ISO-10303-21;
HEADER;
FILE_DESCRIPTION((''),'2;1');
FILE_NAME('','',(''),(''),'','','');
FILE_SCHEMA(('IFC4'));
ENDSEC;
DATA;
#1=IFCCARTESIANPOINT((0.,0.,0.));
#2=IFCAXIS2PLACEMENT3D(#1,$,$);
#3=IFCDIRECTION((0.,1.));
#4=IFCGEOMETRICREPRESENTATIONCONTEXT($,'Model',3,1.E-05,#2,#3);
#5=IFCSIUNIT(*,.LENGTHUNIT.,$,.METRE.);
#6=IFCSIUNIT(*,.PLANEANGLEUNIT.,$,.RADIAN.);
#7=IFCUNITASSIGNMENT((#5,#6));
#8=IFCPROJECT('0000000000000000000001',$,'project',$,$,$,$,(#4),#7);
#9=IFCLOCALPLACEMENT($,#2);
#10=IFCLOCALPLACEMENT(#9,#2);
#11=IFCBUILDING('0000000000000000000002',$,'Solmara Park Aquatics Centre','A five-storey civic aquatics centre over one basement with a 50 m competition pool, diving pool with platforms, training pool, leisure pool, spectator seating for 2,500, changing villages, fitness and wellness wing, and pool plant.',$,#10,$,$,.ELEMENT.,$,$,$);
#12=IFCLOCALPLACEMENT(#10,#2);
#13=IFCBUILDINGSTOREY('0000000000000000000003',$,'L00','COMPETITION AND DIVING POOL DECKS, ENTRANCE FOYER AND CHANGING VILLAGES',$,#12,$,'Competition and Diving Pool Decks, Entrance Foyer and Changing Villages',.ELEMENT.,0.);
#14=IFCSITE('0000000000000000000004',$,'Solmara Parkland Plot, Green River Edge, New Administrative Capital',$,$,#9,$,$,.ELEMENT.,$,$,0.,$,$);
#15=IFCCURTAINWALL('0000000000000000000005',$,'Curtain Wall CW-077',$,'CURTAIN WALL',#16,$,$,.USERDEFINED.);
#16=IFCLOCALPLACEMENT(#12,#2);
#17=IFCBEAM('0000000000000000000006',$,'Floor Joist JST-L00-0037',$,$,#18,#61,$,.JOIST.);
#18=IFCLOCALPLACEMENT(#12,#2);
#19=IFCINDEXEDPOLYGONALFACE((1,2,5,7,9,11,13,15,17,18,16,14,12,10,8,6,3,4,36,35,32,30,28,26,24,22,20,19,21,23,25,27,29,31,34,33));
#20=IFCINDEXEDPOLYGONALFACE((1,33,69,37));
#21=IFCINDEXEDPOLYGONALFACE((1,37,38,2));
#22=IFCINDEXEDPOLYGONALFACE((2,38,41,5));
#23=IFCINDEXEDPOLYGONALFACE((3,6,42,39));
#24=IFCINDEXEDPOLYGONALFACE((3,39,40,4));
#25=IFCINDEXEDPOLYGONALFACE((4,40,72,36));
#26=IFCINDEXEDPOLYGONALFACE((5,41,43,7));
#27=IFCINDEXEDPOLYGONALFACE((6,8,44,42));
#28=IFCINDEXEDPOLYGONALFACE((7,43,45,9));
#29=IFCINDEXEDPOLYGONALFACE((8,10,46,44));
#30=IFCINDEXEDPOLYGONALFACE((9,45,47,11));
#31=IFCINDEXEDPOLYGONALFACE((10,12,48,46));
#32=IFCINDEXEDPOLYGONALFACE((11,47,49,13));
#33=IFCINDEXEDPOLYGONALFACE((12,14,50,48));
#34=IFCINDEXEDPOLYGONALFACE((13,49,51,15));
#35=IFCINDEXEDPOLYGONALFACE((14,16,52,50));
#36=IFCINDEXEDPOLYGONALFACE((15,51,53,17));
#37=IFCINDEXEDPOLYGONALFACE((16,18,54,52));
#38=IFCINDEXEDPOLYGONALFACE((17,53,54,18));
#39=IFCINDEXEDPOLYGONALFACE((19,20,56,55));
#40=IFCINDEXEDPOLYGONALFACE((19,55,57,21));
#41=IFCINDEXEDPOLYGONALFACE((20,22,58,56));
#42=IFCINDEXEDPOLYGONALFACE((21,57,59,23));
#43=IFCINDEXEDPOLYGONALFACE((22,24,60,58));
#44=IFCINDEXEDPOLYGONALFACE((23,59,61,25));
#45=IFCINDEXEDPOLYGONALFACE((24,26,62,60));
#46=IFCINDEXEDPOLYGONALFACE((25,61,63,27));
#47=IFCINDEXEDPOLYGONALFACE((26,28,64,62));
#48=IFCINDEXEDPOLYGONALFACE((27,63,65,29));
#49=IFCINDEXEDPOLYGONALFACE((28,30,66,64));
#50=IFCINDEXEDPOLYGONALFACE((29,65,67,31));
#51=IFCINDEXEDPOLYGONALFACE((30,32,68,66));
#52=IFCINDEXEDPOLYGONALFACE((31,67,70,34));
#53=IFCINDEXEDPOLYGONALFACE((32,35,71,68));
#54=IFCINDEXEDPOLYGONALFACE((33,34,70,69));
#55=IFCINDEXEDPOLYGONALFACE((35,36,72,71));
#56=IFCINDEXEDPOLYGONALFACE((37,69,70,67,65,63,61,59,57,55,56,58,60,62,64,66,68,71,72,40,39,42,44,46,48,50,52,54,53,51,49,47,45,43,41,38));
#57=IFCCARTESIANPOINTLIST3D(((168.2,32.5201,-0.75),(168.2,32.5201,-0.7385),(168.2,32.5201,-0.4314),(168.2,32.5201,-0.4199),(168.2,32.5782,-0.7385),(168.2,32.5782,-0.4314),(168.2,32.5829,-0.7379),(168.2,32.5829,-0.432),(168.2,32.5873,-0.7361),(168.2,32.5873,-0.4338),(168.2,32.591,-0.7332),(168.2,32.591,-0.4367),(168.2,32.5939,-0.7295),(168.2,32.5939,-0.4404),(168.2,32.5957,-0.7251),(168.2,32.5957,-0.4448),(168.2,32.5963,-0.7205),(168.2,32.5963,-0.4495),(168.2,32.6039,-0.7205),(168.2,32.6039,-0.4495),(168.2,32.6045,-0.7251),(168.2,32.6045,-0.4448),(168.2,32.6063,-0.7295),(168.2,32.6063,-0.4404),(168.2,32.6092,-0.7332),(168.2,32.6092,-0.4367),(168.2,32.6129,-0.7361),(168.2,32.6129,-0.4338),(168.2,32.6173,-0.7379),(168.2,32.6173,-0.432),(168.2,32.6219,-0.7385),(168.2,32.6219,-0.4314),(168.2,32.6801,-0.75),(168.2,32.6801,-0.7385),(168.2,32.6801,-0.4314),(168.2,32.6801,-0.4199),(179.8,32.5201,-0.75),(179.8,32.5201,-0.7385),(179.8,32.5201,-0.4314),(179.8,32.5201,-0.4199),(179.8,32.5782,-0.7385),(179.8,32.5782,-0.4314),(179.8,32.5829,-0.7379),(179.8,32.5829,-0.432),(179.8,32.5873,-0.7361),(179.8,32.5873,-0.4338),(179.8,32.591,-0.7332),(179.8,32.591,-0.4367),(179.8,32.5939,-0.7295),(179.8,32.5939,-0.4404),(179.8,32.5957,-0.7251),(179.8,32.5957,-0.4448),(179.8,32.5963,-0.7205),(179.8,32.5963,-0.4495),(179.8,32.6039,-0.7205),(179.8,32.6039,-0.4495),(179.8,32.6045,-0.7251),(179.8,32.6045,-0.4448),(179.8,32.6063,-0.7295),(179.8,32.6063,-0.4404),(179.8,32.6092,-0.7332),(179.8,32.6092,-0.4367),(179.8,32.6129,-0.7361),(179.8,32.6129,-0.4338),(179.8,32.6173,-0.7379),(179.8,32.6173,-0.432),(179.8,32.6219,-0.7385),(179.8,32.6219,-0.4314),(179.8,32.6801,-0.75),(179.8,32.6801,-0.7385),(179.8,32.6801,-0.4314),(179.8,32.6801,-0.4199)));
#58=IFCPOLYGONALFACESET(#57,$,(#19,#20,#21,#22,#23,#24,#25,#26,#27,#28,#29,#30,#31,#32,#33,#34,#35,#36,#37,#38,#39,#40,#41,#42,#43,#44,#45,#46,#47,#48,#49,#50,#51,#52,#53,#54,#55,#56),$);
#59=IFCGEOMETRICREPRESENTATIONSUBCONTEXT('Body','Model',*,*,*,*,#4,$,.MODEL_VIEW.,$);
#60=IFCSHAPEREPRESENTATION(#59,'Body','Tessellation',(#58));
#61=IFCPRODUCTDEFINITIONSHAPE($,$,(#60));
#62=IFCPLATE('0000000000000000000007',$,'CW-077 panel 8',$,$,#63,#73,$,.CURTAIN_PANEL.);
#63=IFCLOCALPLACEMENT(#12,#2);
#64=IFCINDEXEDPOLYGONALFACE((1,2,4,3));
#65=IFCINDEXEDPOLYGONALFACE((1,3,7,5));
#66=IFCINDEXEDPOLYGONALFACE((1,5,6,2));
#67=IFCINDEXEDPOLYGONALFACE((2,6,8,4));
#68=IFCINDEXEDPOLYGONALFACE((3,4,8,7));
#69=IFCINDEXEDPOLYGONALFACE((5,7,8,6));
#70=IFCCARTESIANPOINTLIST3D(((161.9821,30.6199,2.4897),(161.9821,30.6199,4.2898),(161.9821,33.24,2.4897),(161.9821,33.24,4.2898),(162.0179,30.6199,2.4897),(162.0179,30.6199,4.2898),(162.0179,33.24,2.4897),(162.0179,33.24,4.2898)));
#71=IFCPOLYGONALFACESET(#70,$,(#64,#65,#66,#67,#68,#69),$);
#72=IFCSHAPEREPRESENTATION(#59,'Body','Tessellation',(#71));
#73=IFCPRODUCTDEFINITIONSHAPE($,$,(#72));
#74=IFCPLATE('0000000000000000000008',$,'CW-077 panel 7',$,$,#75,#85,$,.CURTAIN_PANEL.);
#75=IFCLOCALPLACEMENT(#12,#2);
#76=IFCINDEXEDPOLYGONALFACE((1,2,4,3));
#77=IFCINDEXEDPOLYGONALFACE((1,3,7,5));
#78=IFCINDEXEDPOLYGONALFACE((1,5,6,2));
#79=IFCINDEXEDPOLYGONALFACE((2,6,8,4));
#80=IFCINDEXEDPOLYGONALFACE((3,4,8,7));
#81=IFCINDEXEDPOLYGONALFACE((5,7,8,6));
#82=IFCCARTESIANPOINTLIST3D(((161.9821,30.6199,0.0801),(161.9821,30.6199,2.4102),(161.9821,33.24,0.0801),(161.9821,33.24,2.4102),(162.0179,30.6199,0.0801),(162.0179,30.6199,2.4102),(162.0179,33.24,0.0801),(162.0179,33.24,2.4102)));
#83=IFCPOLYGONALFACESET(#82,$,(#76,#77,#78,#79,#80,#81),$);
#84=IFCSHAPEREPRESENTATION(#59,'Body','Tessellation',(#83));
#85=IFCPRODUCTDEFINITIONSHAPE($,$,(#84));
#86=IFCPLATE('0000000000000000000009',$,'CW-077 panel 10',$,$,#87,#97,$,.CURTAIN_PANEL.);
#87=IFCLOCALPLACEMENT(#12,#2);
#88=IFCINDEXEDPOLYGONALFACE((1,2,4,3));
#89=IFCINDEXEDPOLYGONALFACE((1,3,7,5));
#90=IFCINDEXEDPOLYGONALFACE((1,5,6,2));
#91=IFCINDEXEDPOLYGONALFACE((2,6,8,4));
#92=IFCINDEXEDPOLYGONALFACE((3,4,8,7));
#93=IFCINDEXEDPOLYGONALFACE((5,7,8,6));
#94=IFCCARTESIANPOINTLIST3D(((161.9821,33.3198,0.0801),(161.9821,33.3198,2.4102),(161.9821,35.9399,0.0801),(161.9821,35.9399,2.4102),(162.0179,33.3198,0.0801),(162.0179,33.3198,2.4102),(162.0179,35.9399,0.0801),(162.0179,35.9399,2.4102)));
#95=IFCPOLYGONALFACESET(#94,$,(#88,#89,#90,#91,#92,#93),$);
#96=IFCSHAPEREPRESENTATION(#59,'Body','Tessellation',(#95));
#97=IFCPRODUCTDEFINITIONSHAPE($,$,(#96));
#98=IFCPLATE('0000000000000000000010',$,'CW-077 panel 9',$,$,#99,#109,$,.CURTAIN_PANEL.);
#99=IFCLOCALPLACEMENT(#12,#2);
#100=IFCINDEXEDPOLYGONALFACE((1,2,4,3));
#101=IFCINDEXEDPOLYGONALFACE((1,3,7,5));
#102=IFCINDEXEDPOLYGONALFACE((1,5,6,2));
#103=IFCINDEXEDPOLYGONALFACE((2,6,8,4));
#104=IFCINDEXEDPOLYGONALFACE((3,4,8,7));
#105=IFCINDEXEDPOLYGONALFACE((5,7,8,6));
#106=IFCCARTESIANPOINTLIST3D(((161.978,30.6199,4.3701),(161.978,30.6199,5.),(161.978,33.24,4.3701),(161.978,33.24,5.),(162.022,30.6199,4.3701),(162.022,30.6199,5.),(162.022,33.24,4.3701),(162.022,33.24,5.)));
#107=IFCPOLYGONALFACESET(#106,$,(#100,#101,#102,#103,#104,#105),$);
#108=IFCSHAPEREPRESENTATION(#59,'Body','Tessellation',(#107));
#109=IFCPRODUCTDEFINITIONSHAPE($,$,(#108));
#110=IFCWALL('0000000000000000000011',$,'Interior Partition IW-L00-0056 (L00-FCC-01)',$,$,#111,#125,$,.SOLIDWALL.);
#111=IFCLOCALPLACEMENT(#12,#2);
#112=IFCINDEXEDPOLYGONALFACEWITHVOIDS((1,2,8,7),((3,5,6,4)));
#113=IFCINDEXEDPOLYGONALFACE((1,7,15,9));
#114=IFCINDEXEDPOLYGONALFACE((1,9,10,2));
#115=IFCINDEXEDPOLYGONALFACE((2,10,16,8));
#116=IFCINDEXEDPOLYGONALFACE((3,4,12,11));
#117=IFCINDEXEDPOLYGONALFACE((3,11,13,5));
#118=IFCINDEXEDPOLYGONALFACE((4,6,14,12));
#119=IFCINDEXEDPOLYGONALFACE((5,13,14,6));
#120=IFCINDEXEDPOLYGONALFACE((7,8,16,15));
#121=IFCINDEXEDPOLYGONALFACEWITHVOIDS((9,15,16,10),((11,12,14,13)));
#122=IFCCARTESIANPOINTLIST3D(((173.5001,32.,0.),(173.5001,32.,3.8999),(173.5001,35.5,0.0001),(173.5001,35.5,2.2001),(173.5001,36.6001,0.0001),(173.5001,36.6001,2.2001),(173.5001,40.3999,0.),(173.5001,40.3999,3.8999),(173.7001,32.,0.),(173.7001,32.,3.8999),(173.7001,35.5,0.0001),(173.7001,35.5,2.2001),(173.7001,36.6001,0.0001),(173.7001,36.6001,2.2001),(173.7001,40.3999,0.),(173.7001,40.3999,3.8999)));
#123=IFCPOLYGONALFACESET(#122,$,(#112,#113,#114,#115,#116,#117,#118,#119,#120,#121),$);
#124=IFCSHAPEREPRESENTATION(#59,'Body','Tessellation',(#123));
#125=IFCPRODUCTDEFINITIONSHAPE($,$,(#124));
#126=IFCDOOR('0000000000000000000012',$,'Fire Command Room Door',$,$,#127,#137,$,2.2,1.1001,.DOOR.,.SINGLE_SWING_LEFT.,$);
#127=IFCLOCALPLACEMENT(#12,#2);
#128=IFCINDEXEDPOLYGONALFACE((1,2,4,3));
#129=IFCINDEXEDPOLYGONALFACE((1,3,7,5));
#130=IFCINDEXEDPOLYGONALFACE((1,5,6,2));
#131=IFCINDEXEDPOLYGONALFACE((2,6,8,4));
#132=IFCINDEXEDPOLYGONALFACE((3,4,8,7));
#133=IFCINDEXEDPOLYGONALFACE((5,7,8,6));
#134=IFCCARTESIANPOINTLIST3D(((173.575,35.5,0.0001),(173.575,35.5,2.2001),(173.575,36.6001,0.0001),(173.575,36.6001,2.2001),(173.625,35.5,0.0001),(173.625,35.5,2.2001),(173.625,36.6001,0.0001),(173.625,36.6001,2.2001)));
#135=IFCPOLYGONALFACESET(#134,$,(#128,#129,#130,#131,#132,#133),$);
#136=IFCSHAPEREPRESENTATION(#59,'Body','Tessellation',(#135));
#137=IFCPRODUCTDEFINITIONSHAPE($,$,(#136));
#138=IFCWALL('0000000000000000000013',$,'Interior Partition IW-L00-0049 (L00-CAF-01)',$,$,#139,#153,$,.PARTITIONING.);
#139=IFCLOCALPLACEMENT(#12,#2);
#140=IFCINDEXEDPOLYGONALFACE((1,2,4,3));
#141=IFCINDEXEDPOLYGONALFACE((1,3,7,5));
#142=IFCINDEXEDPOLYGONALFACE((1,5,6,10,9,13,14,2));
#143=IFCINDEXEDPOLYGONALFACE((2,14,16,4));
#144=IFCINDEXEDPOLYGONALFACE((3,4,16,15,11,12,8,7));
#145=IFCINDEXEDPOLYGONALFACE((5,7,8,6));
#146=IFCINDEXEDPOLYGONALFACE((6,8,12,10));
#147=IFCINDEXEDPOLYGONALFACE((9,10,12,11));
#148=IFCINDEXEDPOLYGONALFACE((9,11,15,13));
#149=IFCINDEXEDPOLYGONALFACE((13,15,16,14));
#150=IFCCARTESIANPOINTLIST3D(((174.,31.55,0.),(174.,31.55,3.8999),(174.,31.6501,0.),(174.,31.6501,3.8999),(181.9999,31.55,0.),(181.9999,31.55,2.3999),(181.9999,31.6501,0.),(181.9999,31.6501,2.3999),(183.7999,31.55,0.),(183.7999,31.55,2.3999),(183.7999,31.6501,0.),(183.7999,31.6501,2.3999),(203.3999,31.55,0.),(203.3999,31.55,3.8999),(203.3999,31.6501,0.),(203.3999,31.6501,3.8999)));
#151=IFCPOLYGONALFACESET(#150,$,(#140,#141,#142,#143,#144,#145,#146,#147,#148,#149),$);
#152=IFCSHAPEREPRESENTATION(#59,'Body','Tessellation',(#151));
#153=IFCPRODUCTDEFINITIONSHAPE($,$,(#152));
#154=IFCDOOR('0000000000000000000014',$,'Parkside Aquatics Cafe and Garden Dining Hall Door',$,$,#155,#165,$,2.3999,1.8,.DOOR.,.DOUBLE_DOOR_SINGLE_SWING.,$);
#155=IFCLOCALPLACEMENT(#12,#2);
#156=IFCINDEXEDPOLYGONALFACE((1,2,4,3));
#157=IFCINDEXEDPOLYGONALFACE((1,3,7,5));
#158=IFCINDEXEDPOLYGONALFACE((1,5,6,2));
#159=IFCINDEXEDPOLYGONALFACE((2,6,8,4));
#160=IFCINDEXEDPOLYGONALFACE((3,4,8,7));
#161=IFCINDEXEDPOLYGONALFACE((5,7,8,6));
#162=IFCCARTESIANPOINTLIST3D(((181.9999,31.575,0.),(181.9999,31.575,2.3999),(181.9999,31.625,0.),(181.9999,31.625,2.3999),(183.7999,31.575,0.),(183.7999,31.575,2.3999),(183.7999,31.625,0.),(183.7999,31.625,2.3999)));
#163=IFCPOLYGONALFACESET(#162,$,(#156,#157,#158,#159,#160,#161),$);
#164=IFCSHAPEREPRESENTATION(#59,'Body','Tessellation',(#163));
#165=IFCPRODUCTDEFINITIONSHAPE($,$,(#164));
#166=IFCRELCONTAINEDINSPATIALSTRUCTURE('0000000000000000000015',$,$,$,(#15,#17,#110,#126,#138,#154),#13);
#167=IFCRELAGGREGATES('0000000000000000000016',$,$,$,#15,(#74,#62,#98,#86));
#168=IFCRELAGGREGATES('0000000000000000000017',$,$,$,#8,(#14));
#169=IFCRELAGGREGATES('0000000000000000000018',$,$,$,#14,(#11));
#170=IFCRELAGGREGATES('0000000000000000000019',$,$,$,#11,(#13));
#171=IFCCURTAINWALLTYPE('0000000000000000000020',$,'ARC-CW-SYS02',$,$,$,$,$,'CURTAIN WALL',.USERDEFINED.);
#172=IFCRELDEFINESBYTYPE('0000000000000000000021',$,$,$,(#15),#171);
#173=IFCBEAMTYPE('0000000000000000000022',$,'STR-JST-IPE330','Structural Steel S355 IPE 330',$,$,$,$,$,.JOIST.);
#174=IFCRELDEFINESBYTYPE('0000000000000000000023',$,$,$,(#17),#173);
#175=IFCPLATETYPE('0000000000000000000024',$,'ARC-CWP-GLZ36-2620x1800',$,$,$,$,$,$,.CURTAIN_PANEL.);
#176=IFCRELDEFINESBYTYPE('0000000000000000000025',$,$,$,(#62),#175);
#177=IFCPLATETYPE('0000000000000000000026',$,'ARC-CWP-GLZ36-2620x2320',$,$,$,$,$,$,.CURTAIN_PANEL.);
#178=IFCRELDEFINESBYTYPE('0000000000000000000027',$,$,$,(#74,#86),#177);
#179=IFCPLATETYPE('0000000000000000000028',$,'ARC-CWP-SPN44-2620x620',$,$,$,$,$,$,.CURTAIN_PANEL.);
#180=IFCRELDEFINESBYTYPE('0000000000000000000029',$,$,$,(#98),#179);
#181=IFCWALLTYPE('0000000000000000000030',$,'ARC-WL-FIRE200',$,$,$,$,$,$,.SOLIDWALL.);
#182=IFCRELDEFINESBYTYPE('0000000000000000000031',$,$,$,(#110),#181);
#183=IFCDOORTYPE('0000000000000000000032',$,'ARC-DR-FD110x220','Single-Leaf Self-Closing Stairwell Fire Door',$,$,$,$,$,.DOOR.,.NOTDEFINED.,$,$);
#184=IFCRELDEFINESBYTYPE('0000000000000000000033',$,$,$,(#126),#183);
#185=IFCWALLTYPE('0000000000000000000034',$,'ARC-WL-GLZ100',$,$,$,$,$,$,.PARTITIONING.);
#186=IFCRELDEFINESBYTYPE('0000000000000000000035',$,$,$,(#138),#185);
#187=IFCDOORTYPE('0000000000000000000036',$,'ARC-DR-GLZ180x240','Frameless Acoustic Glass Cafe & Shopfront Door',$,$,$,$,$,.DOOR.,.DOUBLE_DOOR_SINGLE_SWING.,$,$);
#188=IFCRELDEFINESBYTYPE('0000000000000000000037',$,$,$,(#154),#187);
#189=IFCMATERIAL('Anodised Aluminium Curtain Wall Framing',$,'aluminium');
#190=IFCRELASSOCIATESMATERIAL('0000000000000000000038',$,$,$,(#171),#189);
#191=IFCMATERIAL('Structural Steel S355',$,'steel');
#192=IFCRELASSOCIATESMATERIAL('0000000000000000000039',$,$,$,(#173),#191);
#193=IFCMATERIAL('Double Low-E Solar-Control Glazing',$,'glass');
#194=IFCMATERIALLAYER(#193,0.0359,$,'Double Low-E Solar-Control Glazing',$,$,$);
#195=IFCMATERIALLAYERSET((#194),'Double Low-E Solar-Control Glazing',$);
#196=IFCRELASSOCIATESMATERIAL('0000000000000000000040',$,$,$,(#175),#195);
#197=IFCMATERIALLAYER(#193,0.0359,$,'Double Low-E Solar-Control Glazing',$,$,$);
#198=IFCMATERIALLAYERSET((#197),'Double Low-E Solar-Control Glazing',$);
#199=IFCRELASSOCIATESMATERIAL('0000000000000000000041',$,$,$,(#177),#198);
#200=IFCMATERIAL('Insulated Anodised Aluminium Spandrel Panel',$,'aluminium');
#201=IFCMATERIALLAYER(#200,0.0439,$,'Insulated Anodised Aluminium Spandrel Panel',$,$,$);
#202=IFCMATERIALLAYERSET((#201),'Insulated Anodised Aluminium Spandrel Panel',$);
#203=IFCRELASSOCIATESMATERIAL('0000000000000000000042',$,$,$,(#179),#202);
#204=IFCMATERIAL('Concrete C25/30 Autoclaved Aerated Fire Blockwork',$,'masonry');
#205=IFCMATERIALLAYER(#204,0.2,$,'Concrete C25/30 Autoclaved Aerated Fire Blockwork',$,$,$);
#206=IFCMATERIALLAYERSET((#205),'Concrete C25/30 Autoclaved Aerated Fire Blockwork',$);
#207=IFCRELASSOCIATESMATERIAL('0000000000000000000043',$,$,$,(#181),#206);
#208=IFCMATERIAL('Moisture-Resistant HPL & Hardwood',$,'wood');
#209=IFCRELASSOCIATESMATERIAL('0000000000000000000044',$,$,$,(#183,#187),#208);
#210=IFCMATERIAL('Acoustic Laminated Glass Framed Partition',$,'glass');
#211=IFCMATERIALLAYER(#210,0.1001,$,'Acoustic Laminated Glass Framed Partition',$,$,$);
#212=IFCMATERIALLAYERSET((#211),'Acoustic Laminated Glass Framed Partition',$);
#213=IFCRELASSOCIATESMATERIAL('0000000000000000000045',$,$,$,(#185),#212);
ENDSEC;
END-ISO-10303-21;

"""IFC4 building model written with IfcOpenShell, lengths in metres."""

from ifc_helpers import new_model, si_unit, direction, frame, frame_2d, origin, origin_2d, place, context, subcontext, project, spatial, rectangle, i_section, extrude, material, layer, layer_set, material_profile, profile_set, type_object, element, fill, aggregate, save


model = new_model("IFC4")

# Units and contexts
model_context = context("Model", 3, precision=1e-05, world=origin(), true_north=direction((0.0, 1.0)))
body_context = subcontext(model_context, "Body", "Model", "MODEL_VIEW")
ifc_project = project(units=[si_unit("LENGTHUNIT", "METRE"), si_unit("PLANEANGLEUNIT", "RADIAN")], contexts=[model_context])

# Site, building, storey
site_placement = place(None, origin())
site = spatial("IfcSite", under=ifc_project, at=site_placement, Name="Solmara Parkland Plot, Green River Edge, New Administrative Capital", CompositionType="ELEMENT", RefElevation=0.0)
building_placement = place(site_placement, origin())
building = spatial("IfcBuilding", under=site, at=building_placement, Name="Solmara Park Aquatics Centre", Description="A five-storey civic aquatics centre over one basement with a 50 m competition pool, diving pool with platforms, training pool, leisure pool, spectator seating for 2,500, changing villages, fitness and wellness wing, and pool plant.", CompositionType="ELEMENT")
storey_placement = place(building_placement, origin())
storey = spatial("IfcBuildingStorey", under=building, at=storey_placement, Name="L00", Description="COMPETITION AND DIVING POOL DECKS, ENTRANCE FOYER AND CHANGING VILLAGES", LongName="Competition and Diving Pool Decks, Entrance Foyer and Changing Villages", CompositionType="ELEMENT", Elevation=0.0)

# Curtain wall
ifc_material_1 = material(Name="Anodised Aluminium Curtain Wall Framing", Category="aluminium")
curtain_wall_type = type_object("IfcCurtainWallType", Name="ARC-CW-SYS02", ElementType="CURTAIN WALL", PredefinedType="USERDEFINED", material=ifc_material_1)
curtain_wall_placement = place(storey_placement, origin())
curtain_wall = element("IfcCurtainWall", 1, at=curtain_wall_placement, inside=storey, type_object=curtain_wall_type, Name="Curtain Wall CW-077", ObjectType="CURTAIN WALL", PredefinedType="USERDEFINED")

# Beam
ifc_material_2 = material(Name="Structural Steel S355", Category="steel")
ifc_material_profile_1 = material_profile(ifc_material_2, i_section(OverallWidth=0.1599, OverallDepth=0.3301, WebThickness=0.0076, FlangeThickness=0.0115, FilletRadius=0.0181, at=origin_2d()), Name="IPE 330")
ifc_profile_set_1 = profile_set([ifc_material_profile_1], Name="Structural Steel S355")
beam_type = type_object("IfcBeamType", Name="STR-JST-IPE330", Description="Structural Steel S355 IPE 330", PredefinedType="JOIST", material=ifc_profile_set_1)
beam_1_placement = place(storey_placement, frame((168.2, 32.6001, -0.585), z_axis=(1.0, 0.0, 0.0), x_axis=(0.0, 1.0, 0.0)))
element("IfcBeam", 2, at=beam_1_placement, inside=storey, type_object=beam_type, Name="Floor Joist JST-L00-0037", PredefinedType="JOIST", context=body_context, shape_type="SweptSolid", body=[
    extrude(i_section(OverallWidth=0.1599, OverallDepth=0.3301, WebThickness=0.0076, FlangeThickness=0.0115, FilletRadius=0.0181, at=origin_2d()), origin(), (0.0, 0.0, 1.0), 11.6001),
])

# Plates
ifc_material_3 = material(Name="Double Low-E Solar-Control Glazing", Category="glass")
ifc_layer_1 = layer(ifc_material_3, 0.0359, Name="Double Low-E Solar-Control Glazing")
ifc_layer_set_1 = layer_set([ifc_layer_1], Name="Double Low-E Solar-Control Glazing")
plate_type_1 = type_object("IfcPlateType", Name="ARC-CWP-GLZ36-2620x1800", PredefinedType="CURTAIN_PANEL", material=ifc_layer_set_1)
plate_1_placement = place(storey_placement, frame((162.0, 31.9299, 2.4897), z_axis=(0.0, 0.0, 1.0), x_axis=(0.0, 1.0, 0.0)))
plate_1 = element("IfcPlate", 3, at=plate_1_placement, type_object=plate_type_1, Name="CW-077 panel 8", PredefinedType="CURTAIN_PANEL", context=body_context, shape_type="SweptSolid", body=[
    extrude(rectangle(XDim=2.6201, YDim=0.0359, at=origin_2d()), origin(), (0.0, 0.0, 1.0), 1.8),
])
ifc_layer_2 = layer(ifc_material_3, 0.0359, Name="Double Low-E Solar-Control Glazing")
ifc_layer_set_2 = layer_set([ifc_layer_2], Name="Double Low-E Solar-Control Glazing")
plate_type_2 = type_object("IfcPlateType", Name="ARC-CWP-GLZ36-2620x2320", PredefinedType="CURTAIN_PANEL", material=ifc_layer_set_2)
plate_2_placement = place(storey_placement, frame((162.0, 31.9299, 0.0801), z_axis=(0.0, 0.0, 1.0), x_axis=(0.0, 1.0, 0.0)))
plate_2 = element("IfcPlate", 4, at=plate_2_placement, type_object=plate_type_2, Name="CW-077 panel 7", PredefinedType="CURTAIN_PANEL", context=body_context, shape_type="SweptSolid", body=[
    extrude(rectangle(XDim=2.6201, YDim=0.0359, at=origin_2d()), origin(), (0.0, 0.0, 1.0), 2.3301),
])
plate_3_placement = place(storey_placement, frame((162.0, 34.6299, 0.0801), z_axis=(0.0, 0.0, 1.0), x_axis=(0.0, 1.0, 0.0)))
plate_3 = element("IfcPlate", 5, at=plate_3_placement, type_object=plate_type_2, Name="CW-077 panel 10", PredefinedType="CURTAIN_PANEL", context=body_context, shape_type="SweptSolid", body=[
    extrude(rectangle(XDim=2.6201, YDim=0.0359, at=origin_2d()), origin(), (0.0, 0.0, 1.0), 2.3301),
])
ifc_material_4 = material(Name="Insulated Anodised Aluminium Spandrel Panel", Category="aluminium")
ifc_layer_3 = layer(ifc_material_4, 0.0439, Name="Insulated Anodised Aluminium Spandrel Panel")
ifc_layer_set_3 = layer_set([ifc_layer_3], Name="Insulated Anodised Aluminium Spandrel Panel")
plate_type_3 = type_object("IfcPlateType", Name="ARC-CWP-SPN44-2620x620", PredefinedType="CURTAIN_PANEL", material=ifc_layer_set_3)
plate_4_placement = place(storey_placement, frame((162.0, 31.9299, 4.3701), z_axis=(0.0, 0.0, 1.0), x_axis=(0.0, 1.0, 0.0)))
plate_4 = element("IfcPlate", 6, at=plate_4_placement, type_object=plate_type_3, Name="CW-077 panel 9", PredefinedType="CURTAIN_PANEL", context=body_context, shape_type="SweptSolid", body=[
    extrude(rectangle(XDim=2.6201, YDim=0.0439, at=origin_2d()), origin(), (0.0, 0.0, 1.0), 0.6299),
])
aggregate(curtain_wall, [plate_2, plate_1, plate_4, plate_3])

# Walls, openings, doors
ifc_material_5 = material(Name="Concrete C25/30 Autoclaved Aerated Fire Blockwork", Category="masonry")
ifc_layer_4 = layer(ifc_material_5, 0.2, Name="Concrete C25/30 Autoclaved Aerated Fire Blockwork")
ifc_layer_set_4 = layer_set([ifc_layer_4], Name="Concrete C25/30 Autoclaved Aerated Fire Blockwork")
wall_type_1 = type_object("IfcWallType", Name="ARC-WL-FIRE200", PredefinedType="SOLIDWALL", material=ifc_layer_set_4)
wall_1_placement = place(storey_placement, frame((173.6001, 32.0, 0.0), z_axis=(0.0, 0.0, 1.0), x_axis=(0.0, 1.0, 0.0)))
wall_1 = element("IfcWall", 7, at=wall_1_placement, inside=storey, type_object=wall_type_1, Name="Interior Partition IW-L00-0056 (L00-FCC-01)", PredefinedType="SOLIDWALL", context=body_context, shape_type="SweptSolid", body=[
    extrude(rectangle(XDim=8.3999, YDim=0.2, at=frame_2d((4.2, 0.0))), origin(), (0.0, 0.0, 1.0), 3.8999),
])
opening_1_placement = place(wall_1_placement, frame((3.5, 0.0, 0.0)))
opening_1 = element("IfcOpeningElement", 8, at=opening_1_placement, cuts=wall_1, PredefinedType="OPENING", context=body_context, shape_type="SweptSolid", body=[
    extrude(rectangle(XDim=1.1001, YDim=2.2, at=frame_2d((0.55, 1.1001))), frame((0.0, 0.1099, 0.0), z_axis=(0.0, -1.0, 0.0), x_axis=(1.0, 0.0, 0.0)), (0.0, 0.0, 1.0), 0.22),
])
ifc_material_6 = material(Name="Moisture-Resistant HPL & Hardwood", Category="wood")
door_type_1 = type_object("IfcDoorType", Name="ARC-DR-FD110x220", Description="Single-Leaf Self-Closing Stairwell Fire Door", OperationType="NOTDEFINED", PredefinedType="DOOR", material=ifc_material_6)
door_1_placement = place(opening_1_placement, frame((1.1001, 0.0, 0.0), z_axis=(0.0, 0.0, 1.0), x_axis=(-1.0, 0.0, 0.0)))
door_1 = element("IfcDoor", 9, at=door_1_placement, inside=storey, type_object=door_type_1, Name="Fire Command Room Door", OperationType="SINGLE_SWING_LEFT", OverallHeight=2.2, OverallWidth=1.1001, PredefinedType="DOOR", context=body_context, shape_type="SweptSolid", body=[
    extrude(rectangle(XDim=1.1001, YDim=2.2, at=frame_2d((0.55, 1.1001))), frame((0.0, 0.0249, 0.0), z_axis=(0.0, -1.0, 0.0), x_axis=(1.0, 0.0, 0.0)), (0.0, 0.0, 1.0), 0.05),
])
fill(opening_1, door_1)
ifc_material_7 = material(Name="Acoustic Laminated Glass Framed Partition", Category="glass")
ifc_layer_5 = layer(ifc_material_7, 0.1001, Name="Acoustic Laminated Glass Framed Partition")
ifc_layer_set_5 = layer_set([ifc_layer_5], Name="Acoustic Laminated Glass Framed Partition")
wall_type_2 = type_object("IfcWallType", Name="ARC-WL-GLZ100", PredefinedType="PARTITIONING", material=ifc_layer_set_5)
wall_2_placement = place(storey_placement, frame((174.0, 31.6001, 0.0), z_axis=(0.0, 0.0, 1.0), x_axis=(1.0, 0.0, 0.0)))
wall_2 = element("IfcWall", 10, at=wall_2_placement, inside=storey, type_object=wall_type_2, Name="Interior Partition IW-L00-0049 (L00-CAF-01)", PredefinedType="PARTITIONING", context=body_context, shape_type="SweptSolid", body=[
    extrude(rectangle(XDim=29.3999, YDim=0.1001, at=frame_2d((14.7, 0.0))), origin(), (0.0, 0.0, 1.0), 3.8999),
])
opening_2_placement = place(wall_2_placement, frame((8.0, 0.0, 0.0)))
opening_2 = element("IfcOpeningElement", 11, at=opening_2_placement, cuts=wall_2, PredefinedType="OPENING", context=body_context, shape_type="SweptSolid", body=[
    extrude(rectangle(XDim=1.8, YDim=2.3999, at=frame_2d((0.8999, 1.2))), frame((0.0, 0.0601, 0.0), z_axis=(0.0, -1.0, 0.0), x_axis=(1.0, 0.0, 0.0)), (0.0, 0.0, 1.0), 0.1201),
])
door_type_2 = type_object("IfcDoorType", Name="ARC-DR-GLZ180x240", Description="Frameless Acoustic Glass Cafe & Shopfront Door", OperationType="DOUBLE_DOOR_SINGLE_SWING", PredefinedType="DOOR", material=ifc_material_6)
door_2_placement = place(opening_2_placement, origin())
door_2 = element("IfcDoor", 12, at=door_2_placement, inside=storey, type_object=door_type_2, Name="Parkside Aquatics Cafe and Garden Dining Hall Door", OperationType="DOUBLE_DOOR_SINGLE_SWING", OverallHeight=2.3999, OverallWidth=1.8, PredefinedType="DOOR", context=body_context, shape_type="SweptSolid", body=[
    extrude(rectangle(XDim=1.8, YDim=2.3999, at=frame_2d((0.8999, 1.2))), frame((0.0, 0.0249, 0.0), z_axis=(0.0, -1.0, 0.0), x_axis=(1.0, 0.0, 0.0)), (0.0, 0.0, 1.0), 0.05),
])
fill(opening_2, door_2)

save(model, "model.ifc")
